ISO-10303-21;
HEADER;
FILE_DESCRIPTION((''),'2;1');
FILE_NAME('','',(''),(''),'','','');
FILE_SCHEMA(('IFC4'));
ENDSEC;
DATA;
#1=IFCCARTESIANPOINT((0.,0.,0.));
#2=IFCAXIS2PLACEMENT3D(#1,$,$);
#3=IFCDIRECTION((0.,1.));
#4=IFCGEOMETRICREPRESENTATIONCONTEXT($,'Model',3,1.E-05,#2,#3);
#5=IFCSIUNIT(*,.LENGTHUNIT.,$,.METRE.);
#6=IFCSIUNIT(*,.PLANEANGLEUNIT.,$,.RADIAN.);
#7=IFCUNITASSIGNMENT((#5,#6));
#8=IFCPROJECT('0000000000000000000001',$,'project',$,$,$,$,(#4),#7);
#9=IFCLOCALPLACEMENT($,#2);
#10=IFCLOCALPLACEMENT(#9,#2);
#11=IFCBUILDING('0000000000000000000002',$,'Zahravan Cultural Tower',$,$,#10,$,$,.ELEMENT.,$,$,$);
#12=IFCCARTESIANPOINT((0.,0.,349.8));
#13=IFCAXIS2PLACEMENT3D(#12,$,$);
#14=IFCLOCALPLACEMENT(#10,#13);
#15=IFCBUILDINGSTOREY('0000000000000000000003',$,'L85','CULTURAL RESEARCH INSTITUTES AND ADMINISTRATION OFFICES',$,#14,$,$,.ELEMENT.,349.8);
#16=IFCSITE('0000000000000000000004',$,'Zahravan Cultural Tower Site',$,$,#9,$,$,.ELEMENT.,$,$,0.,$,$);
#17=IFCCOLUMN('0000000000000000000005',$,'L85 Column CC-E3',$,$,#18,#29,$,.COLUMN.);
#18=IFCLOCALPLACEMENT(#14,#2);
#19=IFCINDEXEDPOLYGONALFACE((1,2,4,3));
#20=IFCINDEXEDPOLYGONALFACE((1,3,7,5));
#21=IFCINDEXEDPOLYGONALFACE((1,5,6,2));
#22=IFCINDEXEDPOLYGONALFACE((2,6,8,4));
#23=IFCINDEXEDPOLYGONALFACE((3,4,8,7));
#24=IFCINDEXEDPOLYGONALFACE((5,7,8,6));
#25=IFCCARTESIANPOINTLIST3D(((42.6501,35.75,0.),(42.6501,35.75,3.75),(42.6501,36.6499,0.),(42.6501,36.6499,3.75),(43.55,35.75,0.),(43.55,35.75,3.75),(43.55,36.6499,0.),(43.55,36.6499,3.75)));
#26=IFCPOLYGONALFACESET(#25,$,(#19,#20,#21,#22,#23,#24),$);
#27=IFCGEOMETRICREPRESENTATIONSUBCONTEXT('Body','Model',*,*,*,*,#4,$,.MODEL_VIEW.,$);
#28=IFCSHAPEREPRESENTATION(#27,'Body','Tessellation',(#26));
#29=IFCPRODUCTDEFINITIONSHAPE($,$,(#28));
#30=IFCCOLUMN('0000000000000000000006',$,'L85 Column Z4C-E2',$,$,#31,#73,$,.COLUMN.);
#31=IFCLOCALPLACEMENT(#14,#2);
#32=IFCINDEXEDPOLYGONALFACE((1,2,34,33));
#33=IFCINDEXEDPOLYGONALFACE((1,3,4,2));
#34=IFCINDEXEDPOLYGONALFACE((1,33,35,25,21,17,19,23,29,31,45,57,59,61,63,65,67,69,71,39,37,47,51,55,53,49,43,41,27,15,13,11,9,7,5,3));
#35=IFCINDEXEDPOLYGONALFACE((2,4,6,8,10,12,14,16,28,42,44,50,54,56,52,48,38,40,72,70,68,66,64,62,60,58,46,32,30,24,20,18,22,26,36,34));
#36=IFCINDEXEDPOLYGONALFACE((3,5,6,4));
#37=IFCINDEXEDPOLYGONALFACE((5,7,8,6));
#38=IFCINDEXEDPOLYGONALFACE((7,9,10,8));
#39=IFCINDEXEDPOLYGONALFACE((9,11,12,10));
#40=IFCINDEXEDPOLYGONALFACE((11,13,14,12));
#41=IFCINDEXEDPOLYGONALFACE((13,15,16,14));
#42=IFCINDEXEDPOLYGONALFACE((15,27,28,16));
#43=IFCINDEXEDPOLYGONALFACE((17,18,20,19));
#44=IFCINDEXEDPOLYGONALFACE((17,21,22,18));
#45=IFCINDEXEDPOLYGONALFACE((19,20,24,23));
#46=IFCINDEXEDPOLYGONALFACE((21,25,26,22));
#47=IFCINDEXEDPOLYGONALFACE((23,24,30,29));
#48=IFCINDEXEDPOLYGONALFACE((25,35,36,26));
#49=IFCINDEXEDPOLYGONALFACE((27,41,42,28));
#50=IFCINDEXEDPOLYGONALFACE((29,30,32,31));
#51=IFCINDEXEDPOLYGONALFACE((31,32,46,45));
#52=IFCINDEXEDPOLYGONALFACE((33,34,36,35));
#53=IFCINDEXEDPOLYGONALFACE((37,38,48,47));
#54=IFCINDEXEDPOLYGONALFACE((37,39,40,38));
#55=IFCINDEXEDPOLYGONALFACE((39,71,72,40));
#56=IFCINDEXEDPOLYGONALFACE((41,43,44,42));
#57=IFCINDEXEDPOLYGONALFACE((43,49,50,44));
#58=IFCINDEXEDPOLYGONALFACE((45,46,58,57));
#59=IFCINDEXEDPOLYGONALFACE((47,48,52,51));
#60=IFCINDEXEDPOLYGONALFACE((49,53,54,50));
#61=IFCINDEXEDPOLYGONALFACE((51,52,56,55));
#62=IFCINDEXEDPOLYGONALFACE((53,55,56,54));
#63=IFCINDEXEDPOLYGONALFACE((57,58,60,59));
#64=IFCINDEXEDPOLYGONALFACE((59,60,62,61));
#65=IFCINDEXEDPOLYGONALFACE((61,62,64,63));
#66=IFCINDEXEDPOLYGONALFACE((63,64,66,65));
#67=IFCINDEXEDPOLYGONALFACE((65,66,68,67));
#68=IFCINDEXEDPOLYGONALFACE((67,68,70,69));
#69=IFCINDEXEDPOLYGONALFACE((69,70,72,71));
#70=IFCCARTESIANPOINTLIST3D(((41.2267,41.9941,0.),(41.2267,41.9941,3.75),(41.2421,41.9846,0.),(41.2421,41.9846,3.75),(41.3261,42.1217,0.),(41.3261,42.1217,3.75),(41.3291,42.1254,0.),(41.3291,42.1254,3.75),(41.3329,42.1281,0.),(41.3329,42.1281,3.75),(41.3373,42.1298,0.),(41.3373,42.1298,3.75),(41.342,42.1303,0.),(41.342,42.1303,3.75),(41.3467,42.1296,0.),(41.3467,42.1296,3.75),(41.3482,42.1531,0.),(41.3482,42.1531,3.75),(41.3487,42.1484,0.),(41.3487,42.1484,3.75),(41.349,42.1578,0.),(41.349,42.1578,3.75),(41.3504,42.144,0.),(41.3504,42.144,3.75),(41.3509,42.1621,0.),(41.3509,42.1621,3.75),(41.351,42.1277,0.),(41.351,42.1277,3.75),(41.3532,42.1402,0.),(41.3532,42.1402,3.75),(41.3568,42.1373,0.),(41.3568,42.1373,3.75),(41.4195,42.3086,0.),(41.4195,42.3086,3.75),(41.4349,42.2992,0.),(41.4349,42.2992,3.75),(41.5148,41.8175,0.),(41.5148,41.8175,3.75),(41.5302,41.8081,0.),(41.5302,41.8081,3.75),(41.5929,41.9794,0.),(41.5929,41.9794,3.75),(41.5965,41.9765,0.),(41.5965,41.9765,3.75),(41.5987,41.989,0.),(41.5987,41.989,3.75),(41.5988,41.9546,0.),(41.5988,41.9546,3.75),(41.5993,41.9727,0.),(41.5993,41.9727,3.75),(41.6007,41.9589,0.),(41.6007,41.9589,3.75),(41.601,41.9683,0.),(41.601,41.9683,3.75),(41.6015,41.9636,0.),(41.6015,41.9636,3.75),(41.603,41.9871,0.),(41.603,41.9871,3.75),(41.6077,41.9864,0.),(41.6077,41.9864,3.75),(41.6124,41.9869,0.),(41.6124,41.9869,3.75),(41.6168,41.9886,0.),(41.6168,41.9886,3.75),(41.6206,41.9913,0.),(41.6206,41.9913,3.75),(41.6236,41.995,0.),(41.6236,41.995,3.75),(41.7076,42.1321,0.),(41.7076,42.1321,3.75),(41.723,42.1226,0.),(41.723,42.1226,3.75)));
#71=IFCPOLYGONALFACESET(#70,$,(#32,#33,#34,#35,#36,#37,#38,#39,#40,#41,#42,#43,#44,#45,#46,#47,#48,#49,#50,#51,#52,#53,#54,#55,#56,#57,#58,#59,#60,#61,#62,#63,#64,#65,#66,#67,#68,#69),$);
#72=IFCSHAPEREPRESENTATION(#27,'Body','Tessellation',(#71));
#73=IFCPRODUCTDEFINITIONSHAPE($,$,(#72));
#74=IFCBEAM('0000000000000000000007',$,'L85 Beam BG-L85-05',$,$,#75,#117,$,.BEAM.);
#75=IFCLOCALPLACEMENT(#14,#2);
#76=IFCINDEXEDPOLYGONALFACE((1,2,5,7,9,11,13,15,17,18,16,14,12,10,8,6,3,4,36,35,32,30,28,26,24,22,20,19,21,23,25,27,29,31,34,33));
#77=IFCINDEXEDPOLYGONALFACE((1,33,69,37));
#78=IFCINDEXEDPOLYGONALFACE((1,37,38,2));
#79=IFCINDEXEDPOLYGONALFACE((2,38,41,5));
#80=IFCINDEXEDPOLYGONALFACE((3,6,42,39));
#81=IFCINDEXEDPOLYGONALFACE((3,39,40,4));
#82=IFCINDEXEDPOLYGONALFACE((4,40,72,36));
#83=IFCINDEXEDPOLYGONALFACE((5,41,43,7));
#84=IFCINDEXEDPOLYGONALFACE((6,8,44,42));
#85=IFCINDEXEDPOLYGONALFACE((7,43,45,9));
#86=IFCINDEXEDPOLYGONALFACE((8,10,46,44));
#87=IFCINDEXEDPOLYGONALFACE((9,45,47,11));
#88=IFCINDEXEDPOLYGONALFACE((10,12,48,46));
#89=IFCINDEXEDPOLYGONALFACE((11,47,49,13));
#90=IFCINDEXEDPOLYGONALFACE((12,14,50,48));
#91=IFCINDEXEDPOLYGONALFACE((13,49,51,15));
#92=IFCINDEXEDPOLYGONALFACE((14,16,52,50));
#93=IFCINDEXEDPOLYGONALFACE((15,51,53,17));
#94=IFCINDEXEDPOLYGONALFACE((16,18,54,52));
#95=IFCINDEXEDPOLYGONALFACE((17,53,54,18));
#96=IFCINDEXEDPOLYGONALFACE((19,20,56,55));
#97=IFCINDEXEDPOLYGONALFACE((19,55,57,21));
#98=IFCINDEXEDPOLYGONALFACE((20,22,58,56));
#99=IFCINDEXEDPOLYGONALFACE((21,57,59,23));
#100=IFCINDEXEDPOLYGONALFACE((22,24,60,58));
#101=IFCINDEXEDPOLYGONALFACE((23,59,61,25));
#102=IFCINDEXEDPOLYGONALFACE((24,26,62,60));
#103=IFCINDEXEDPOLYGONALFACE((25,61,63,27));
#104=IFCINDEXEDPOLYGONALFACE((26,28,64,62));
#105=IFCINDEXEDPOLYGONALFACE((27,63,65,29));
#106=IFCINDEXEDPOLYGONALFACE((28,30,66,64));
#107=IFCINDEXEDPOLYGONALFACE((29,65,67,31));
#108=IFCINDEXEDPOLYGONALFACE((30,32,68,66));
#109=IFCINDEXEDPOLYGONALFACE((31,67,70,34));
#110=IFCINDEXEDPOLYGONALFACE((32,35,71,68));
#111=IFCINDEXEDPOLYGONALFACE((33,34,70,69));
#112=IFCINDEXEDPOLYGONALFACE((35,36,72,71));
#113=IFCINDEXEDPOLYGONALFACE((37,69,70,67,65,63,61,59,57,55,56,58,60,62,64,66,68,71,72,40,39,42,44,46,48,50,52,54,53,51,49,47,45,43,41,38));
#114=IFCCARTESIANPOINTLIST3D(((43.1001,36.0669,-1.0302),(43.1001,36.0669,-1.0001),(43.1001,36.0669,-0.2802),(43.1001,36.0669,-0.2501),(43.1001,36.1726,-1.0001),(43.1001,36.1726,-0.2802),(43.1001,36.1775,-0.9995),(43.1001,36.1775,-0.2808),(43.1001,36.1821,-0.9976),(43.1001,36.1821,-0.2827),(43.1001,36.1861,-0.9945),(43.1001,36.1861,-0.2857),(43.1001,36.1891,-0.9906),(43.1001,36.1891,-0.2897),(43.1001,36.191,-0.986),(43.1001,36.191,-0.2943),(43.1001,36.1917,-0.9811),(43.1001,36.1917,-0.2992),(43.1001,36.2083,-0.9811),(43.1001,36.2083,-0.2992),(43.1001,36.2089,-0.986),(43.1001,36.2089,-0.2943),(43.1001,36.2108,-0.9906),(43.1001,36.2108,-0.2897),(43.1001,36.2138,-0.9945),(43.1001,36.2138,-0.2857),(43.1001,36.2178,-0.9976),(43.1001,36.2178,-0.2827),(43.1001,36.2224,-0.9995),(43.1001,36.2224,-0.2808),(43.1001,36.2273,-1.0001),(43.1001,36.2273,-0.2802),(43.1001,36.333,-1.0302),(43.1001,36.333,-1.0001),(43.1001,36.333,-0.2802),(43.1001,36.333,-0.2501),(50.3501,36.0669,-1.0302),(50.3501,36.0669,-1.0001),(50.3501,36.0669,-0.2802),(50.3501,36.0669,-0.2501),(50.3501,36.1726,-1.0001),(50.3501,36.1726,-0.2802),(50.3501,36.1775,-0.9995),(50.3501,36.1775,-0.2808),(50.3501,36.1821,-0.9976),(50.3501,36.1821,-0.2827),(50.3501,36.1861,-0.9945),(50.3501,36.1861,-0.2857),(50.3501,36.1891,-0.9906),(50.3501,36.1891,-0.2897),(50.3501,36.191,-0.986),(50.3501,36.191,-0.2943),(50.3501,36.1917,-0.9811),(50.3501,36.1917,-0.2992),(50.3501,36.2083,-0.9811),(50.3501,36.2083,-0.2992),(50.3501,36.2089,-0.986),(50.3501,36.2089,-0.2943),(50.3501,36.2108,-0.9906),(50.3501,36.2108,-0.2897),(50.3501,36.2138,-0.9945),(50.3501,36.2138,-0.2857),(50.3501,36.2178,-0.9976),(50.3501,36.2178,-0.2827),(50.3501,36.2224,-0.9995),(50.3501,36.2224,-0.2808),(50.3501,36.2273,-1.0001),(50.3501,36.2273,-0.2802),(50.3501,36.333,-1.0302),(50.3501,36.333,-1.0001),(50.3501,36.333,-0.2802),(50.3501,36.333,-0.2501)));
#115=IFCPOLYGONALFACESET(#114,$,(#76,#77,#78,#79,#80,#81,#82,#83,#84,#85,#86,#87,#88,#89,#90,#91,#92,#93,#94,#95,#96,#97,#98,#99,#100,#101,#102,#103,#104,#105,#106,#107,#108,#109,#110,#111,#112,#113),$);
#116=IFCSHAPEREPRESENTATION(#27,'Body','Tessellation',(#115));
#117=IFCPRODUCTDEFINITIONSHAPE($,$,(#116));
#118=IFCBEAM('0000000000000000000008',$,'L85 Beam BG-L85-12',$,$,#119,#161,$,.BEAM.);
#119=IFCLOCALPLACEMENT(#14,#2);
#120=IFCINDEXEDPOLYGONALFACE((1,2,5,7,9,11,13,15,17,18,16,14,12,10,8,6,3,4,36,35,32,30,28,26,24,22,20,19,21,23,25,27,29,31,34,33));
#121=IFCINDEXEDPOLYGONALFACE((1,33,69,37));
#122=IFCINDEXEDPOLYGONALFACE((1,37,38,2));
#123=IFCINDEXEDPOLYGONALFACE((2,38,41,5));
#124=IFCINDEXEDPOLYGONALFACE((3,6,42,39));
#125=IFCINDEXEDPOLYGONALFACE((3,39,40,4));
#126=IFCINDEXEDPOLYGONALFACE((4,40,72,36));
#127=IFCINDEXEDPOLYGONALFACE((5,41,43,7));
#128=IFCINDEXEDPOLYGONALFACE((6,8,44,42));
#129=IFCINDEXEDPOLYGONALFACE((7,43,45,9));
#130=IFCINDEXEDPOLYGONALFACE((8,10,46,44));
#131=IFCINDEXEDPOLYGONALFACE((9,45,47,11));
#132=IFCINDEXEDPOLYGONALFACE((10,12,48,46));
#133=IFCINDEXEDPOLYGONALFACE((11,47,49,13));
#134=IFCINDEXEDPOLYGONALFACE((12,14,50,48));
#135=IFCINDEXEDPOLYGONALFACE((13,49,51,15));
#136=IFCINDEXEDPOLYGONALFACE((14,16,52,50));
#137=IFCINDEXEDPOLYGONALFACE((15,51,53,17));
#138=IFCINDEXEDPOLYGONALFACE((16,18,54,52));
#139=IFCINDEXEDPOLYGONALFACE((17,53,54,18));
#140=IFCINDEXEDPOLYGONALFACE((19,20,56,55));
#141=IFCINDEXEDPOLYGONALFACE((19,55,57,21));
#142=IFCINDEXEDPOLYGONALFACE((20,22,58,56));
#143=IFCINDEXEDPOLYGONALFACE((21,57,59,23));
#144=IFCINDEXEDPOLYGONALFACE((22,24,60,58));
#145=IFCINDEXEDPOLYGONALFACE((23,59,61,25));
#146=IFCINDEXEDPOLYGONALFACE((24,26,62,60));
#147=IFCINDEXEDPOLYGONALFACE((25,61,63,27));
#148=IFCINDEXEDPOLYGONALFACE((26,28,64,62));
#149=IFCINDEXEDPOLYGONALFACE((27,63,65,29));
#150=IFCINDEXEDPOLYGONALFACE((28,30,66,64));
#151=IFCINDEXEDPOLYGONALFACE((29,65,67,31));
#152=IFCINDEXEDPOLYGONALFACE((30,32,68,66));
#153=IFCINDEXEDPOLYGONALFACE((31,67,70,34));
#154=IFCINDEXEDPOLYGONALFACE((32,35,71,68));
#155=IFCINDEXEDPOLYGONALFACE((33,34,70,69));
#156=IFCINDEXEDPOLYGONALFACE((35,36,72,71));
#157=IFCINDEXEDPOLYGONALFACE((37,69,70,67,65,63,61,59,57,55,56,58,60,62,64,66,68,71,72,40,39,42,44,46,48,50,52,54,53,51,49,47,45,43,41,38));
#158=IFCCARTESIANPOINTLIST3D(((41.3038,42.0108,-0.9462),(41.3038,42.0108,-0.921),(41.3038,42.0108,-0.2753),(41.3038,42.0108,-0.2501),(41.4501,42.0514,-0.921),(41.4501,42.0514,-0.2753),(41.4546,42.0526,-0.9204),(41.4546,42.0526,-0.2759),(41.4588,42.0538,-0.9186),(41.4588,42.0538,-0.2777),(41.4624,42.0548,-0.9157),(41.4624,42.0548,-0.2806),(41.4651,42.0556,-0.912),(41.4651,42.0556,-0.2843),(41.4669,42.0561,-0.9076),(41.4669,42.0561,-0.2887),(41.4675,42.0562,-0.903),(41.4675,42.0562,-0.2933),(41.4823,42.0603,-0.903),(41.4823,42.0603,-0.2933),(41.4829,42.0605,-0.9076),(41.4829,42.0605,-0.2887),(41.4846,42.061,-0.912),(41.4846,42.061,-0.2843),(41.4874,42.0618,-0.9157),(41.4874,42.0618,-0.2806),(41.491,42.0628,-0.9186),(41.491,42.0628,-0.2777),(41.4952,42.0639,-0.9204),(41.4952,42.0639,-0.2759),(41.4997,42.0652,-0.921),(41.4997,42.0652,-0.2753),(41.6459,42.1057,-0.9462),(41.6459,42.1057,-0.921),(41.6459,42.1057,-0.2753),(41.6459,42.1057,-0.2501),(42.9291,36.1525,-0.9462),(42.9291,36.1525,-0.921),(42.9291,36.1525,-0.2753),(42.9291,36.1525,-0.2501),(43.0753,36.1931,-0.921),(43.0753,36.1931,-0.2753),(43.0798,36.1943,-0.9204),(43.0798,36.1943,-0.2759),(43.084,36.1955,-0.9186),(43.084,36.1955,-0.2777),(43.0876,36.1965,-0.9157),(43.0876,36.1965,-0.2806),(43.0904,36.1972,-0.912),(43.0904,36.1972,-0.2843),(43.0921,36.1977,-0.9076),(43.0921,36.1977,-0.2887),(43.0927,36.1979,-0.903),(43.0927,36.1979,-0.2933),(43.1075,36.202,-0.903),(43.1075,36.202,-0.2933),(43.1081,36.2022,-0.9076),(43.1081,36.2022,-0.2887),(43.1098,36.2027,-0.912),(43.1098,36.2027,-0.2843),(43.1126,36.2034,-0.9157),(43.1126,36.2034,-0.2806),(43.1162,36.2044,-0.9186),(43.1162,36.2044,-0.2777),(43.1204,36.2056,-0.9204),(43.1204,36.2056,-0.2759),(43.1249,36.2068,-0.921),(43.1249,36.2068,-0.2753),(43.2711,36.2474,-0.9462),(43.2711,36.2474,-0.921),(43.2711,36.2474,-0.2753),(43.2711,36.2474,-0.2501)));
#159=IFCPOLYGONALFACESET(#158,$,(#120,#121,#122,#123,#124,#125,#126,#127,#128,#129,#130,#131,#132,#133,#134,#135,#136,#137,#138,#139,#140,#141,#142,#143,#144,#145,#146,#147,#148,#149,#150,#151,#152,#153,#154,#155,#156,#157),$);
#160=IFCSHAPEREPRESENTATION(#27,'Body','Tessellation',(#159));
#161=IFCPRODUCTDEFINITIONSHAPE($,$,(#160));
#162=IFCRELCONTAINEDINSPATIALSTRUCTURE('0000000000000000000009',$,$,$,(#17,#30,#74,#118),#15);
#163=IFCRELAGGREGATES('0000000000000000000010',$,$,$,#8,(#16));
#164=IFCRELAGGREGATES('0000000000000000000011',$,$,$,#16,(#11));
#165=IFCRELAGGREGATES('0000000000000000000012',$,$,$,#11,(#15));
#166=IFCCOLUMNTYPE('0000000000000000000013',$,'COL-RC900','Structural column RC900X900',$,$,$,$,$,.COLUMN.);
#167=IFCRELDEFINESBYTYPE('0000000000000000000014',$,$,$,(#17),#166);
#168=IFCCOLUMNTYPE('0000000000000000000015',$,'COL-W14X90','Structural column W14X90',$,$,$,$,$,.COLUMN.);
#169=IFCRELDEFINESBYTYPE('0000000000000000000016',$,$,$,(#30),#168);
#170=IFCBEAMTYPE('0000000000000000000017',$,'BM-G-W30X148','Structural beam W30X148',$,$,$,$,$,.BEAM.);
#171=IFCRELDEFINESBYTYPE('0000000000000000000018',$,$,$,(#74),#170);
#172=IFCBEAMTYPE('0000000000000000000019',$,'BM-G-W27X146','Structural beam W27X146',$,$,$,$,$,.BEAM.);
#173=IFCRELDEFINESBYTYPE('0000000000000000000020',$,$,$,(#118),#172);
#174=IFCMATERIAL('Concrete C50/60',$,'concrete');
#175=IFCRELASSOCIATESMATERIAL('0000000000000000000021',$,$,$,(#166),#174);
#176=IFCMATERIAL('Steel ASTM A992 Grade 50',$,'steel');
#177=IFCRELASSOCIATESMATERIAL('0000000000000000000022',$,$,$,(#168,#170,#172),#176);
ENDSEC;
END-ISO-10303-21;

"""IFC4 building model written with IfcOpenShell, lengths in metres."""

from ifc_helpers import new_model, si_unit, direction, frame, origin, origin_2d, place, context, subcontext, project, spatial, rectangle, i_section, extrude, source, transform, mapped, material, material_profile, profile_set, type_object, element, save


model = new_model("IFC4")

# Units and contexts
model_context = context("Model", 3, precision=1e-05, world=origin(), true_north=direction((0.0, 1.0)))
body_context = subcontext(model_context, "Body", "Model", "MODEL_VIEW")
ifc_project = project(units=[si_unit("LENGTHUNIT", "METRE"), si_unit("PLANEANGLEUNIT", "RADIAN")], contexts=[model_context])

# Site, building, storey
site_placement = place(None, origin())
site = spatial("IfcSite", under=ifc_project, at=site_placement, Name="Zahravan Cultural Tower Site", CompositionType="ELEMENT", RefElevation=0.0)
building_placement = place(site_placement, origin())
building = spatial("IfcBuilding", under=site, at=building_placement, Name="Zahravan Cultural Tower", CompositionType="ELEMENT")
storey_placement = place(building_placement, frame((0.0, 0.0, 349.8)))
storey = spatial("IfcBuildingStorey", under=building, at=storey_placement, Name="L85", Description="CULTURAL RESEARCH INSTITUTES AND ADMINISTRATION OFFICES", CompositionType="ELEMENT", Elevation=349.8)

# Columns
ifc_material_1 = material(Name="Concrete C50/60", Category="concrete")
ifc_material_profile_1 = material_profile(ifc_material_1, rectangle(XDim=0.8999, YDim=0.8999, at=origin_2d()), Name="RC900X900")
ifc_profile_set_1 = profile_set([ifc_material_profile_1], Name="Concrete C50/60")
column_type_1 = type_object("IfcColumnType", Name="COL-RC900", Description="Structural column RC900X900", PredefinedType="COLUMN", material=ifc_profile_set_1)
shared_shape_1 = source(origin(), body_context, "Body", "SweptSolid", [
    extrude(rectangle(XDim=0.8999, YDim=0.8999, at=origin_2d()), origin(), (0.0, 0.0, 1.0), 3.75),
])
column_1_placement = place(storey_placement, frame((43.1001, 36.2, 0.0), z_axis=(0.0, 0.0, 1.0), x_axis=(1.0, 0.0, 0.0)))
element("IfcColumn", 1, at=column_1_placement, inside=storey, type_object=column_type_1, Name="L85 Column CC-E3", PredefinedType="COLUMN", context=body_context, shape_type="MappedRepresentation", body=[
    mapped(shared_shape_1, transform((0.0, 0.0, 0.0), x_axis=(1.0, 0.0, 0.0), y_axis=(0.0, 1.0, 0.0), z_axis=(0.0, 0.0, 1.0), scale=1.0)),
])
ifc_material_2 = material(Name="Steel ASTM A992 Grade 50", Category="steel")
ifc_material_profile_2 = material_profile(ifc_material_2, i_section(OverallWidth=0.3689, OverallDepth=0.356, WebThickness=0.0112, FlangeThickness=0.0181, FilletRadius=0.0181, at=origin_2d()), Name="W14X90")
ifc_profile_set_2 = profile_set([ifc_material_profile_2], Name="Steel ASTM A992 Grade 50")
column_type_2 = type_object("IfcColumnType", Name="COL-W14X90", Description="Structural column W14X90", PredefinedType="COLUMN", material=ifc_profile_set_2)
shared_shape_2 = source(origin(), body_context, "Body", "SweptSolid", [
    extrude(i_section(OverallWidth=0.3689, OverallDepth=0.356, WebThickness=0.0112, FlangeThickness=0.0181, FilletRadius=0.0181, at=origin_2d()), origin(), (0.0, 0.0, 1.0), 3.75),
])
column_2_placement = place(storey_placement, frame((41.4749, 42.0583, 0.0), z_axis=(0.0, 0.0, 1.0), x_axis=(0.522499, 0.85264, 0.0)))
element("IfcColumn", 2, at=column_2_placement, inside=storey, type_object=column_type_2, Name="L85 Column Z4C-E2", PredefinedType="COLUMN", context=body_context, shape_type="MappedRepresentation", body=[
    mapped(shared_shape_2, transform((0.0, 0.0, 0.0), x_axis=(1.0, 0.0, 0.0), y_axis=(0.0, 1.0, 0.0), z_axis=(0.0, 0.0, 1.0), scale=1.0)),
])

# Beams
ifc_material_profile_3 = material_profile(ifc_material_2, i_section(OverallWidth=0.2661, OverallDepth=0.78, WebThickness=0.0166, FlangeThickness=0.03, FilletRadius=0.019, at=origin_2d()), Name="W30X148")
ifc_profile_set_3 = profile_set([ifc_material_profile_3], Name="Steel ASTM A992 Grade 50")
beam_type_1 = type_object("IfcBeamType", Name="BM-G-W30X148", Description="Structural beam W30X148", PredefinedType="BEAM", material=ifc_profile_set_3)
shared_shape_3 = source(origin(), body_context, "Body", "SweptSolid", [
    extrude(i_section(OverallWidth=0.2661, OverallDepth=0.78, WebThickness=0.0166, FlangeThickness=0.03, FilletRadius=0.019, at=origin_2d()), origin(), (0.0, 0.0, 1.0), 7.25),
])
beam_1_placement = place(storey_placement, frame((43.1001, 36.2, -0.6401), z_axis=(1.0, 0.0, 0.0), x_axis=(0.0, 1.0, 0.0)))
element("IfcBeam", 3, at=beam_1_placement, inside=storey, type_object=beam_type_1, Name="L85 Beam BG-L85-05", PredefinedType="BEAM", context=body_context, shape_type="MappedRepresentation", body=[
    mapped(shared_shape_3, transform((0.0, 0.0, 0.0), x_axis=(1.0, 0.0, 0.0), y_axis=(0.0, 1.0, 0.0), z_axis=(0.0, 0.0, 1.0), scale=1.0)),
])
ifc_material_profile_4 = material_profile(ifc_material_2, i_section(OverallWidth=0.355, OverallDepth=0.696, WebThickness=0.0154, FlangeThickness=0.0251, FilletRadius=0.0181, at=origin_2d()), Name="W27X146")
ifc_profile_set_4 = profile_set([ifc_material_profile_4], Name="Steel ASTM A992 Grade 50")
beam_type_2 = type_object("IfcBeamType", Name="BM-G-W27X146", Description="Structural beam W27X146", PredefinedType="BEAM", material=ifc_profile_set_4)
shared_shape_4 = source(origin(), body_context, "Body", "SweptSolid", [
    extrude(i_section(OverallWidth=0.355, OverallDepth=0.696, WebThickness=0.0154, FlangeThickness=0.0251, FilletRadius=0.0181, at=origin_2d()), origin(), (0.0, 0.0, 1.0), 6.0796),
])
beam_2_placement = place(storey_placement, frame((43.1001, 36.2, -0.5981), z_axis=(-0.267325, 0.963606, 0.0), x_axis=(-0.963606, -0.267325, 0.0)))
element("IfcBeam", 4, at=beam_2_placement, inside=storey, type_object=beam_type_2, Name="L85 Beam BG-L85-12", PredefinedType="BEAM", context=body_context, shape_type="MappedRepresentation", body=[
    mapped(shared_shape_4, transform((0.0, 0.0, 0.0), x_axis=(1.0, 0.0, 0.0), y_axis=(0.0, 1.0, 0.0), z_axis=(0.0, 0.0, 1.0), scale=1.0)),
])

save(model, "model.ifc")
